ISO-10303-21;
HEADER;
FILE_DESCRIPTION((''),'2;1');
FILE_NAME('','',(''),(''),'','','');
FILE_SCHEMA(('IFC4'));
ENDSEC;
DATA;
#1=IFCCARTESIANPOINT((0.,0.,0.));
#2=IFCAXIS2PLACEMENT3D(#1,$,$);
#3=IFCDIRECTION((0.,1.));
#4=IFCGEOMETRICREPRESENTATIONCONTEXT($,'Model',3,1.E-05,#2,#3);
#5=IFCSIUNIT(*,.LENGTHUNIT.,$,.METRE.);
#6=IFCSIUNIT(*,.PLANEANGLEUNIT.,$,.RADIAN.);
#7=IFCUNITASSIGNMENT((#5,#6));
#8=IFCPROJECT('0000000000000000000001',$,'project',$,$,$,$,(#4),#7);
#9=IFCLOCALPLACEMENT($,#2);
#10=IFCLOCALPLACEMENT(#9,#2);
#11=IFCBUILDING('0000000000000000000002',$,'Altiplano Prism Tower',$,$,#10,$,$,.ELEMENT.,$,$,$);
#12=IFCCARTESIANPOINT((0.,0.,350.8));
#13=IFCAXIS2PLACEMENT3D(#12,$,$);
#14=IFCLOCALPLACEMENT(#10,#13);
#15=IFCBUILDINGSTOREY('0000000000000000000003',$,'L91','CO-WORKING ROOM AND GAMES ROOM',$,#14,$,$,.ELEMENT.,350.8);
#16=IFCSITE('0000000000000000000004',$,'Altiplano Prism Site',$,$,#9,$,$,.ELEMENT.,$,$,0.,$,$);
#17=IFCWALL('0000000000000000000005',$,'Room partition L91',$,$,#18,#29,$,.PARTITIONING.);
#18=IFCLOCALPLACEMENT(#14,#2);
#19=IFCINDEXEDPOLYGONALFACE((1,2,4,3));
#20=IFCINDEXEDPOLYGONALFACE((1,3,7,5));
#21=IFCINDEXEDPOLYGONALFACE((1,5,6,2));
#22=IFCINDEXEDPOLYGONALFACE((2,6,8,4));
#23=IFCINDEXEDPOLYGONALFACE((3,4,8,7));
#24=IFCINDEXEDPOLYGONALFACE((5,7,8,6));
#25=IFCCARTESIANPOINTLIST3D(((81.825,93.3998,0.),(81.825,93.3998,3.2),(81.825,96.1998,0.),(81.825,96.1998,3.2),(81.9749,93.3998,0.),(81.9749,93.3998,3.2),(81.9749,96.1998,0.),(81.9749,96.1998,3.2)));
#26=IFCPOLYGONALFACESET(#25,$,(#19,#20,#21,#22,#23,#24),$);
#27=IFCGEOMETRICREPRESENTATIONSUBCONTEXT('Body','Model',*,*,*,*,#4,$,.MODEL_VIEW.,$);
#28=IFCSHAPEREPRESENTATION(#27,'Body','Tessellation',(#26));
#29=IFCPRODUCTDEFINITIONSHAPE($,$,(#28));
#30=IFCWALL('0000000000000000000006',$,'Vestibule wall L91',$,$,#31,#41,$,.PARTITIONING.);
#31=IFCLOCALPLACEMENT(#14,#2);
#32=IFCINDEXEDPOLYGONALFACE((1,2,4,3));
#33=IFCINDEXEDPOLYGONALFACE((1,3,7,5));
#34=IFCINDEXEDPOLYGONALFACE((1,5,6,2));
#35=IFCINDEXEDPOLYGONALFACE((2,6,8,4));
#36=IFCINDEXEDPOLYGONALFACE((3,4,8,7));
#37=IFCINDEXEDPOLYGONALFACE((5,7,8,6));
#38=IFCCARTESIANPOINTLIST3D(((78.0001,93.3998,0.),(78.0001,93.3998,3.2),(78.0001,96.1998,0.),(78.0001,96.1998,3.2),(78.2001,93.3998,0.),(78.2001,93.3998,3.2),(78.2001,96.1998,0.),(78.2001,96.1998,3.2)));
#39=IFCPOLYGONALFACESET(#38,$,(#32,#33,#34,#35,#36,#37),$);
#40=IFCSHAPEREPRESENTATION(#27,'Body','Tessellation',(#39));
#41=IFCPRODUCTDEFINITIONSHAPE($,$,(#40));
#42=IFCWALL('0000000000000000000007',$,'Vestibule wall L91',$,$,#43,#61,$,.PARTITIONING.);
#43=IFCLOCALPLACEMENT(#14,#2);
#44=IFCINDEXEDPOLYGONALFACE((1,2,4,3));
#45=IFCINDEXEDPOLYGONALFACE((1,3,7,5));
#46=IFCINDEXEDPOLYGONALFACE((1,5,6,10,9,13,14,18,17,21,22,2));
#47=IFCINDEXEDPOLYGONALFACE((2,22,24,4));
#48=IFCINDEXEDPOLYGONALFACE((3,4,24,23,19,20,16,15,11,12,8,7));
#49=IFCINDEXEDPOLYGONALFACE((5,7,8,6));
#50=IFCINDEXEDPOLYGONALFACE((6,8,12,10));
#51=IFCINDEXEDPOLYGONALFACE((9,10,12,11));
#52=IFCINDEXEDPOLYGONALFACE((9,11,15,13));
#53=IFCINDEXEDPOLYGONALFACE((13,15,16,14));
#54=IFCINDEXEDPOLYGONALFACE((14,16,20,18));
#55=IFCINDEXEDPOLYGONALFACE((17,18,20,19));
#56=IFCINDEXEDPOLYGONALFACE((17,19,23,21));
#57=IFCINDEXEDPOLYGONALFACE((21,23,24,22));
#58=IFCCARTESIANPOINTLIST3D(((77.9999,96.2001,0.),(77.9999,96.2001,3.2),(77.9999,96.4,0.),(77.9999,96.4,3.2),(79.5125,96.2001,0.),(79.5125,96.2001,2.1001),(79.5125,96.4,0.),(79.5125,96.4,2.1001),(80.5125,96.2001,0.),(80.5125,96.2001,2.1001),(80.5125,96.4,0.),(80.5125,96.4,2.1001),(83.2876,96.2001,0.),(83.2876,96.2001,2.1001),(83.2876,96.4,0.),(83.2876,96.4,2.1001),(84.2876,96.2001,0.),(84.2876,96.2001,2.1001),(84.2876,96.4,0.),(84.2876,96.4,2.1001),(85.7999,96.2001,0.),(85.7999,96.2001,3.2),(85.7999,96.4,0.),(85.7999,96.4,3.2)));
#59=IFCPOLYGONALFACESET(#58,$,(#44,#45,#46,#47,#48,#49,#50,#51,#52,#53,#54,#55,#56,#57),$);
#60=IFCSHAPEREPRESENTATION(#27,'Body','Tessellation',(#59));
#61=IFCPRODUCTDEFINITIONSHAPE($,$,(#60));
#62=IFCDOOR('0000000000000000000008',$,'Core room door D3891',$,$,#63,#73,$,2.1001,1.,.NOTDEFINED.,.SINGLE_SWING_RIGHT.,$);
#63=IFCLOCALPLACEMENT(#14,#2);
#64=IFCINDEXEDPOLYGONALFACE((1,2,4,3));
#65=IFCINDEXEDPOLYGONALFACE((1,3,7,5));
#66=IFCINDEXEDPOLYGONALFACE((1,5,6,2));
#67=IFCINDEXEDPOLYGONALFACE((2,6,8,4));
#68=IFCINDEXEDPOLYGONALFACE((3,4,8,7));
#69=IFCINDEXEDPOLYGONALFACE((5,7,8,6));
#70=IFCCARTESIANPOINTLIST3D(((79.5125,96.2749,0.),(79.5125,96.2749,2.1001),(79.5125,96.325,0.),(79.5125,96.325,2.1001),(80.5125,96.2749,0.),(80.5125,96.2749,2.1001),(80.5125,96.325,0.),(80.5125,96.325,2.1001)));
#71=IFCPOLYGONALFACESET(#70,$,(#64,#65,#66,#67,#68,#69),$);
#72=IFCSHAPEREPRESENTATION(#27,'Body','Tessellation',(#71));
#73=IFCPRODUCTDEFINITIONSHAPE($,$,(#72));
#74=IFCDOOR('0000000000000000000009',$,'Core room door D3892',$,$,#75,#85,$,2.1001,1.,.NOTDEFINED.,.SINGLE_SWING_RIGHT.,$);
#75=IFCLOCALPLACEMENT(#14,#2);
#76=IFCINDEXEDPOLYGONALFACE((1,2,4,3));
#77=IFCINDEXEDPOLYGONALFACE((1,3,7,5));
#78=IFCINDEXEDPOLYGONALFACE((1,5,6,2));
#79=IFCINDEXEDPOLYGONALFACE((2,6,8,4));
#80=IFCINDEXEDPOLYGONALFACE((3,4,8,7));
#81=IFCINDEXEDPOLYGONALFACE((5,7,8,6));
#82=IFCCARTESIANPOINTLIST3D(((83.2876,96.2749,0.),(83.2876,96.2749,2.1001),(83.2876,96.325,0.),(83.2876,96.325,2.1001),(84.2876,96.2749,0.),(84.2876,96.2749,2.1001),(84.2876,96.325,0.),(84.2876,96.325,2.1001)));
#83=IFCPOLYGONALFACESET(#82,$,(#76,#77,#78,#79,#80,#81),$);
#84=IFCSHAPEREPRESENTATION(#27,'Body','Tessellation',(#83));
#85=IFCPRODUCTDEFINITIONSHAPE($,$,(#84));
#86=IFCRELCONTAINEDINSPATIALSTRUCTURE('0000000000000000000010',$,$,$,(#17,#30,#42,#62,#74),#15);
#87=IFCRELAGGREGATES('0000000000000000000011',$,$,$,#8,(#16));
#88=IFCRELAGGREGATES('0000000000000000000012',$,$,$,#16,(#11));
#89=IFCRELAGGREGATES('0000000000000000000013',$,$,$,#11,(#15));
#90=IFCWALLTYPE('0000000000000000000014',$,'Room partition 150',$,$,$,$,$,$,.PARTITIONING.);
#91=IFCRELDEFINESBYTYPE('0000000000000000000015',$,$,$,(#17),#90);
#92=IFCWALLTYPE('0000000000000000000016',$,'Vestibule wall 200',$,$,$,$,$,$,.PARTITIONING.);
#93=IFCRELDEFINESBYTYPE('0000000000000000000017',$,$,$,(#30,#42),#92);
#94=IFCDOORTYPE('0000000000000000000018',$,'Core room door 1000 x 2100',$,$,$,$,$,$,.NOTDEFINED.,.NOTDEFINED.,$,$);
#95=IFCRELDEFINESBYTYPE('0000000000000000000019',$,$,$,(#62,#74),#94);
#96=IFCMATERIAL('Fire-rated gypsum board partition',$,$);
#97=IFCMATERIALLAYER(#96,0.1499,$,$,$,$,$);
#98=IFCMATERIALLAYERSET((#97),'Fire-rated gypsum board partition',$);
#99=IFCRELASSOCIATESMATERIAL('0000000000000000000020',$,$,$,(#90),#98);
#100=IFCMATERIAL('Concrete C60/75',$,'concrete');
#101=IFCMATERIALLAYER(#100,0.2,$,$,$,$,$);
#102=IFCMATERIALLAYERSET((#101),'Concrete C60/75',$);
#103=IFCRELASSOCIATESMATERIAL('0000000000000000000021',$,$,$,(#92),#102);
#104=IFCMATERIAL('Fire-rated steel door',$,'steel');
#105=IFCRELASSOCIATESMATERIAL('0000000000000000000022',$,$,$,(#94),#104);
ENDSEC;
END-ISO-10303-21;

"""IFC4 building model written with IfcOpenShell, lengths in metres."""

from ifc_helpers import new_model, si_unit, direction, frame, frame_2d, origin, place, context, subcontext, project, spatial, rectangle, extrude, material, layer, layer_set, type_object, element, fill, save


model = new_model("IFC4")

# Units and contexts
model_context = context("Model", 3, precision=1e-05, world=origin(), true_north=direction((0.0, 1.0)))
body_context = subcontext(model_context, "Body", "Model", "MODEL_VIEW")
ifc_project = project(units=[si_unit("LENGTHUNIT", "METRE"), si_unit("PLANEANGLEUNIT", "RADIAN")], contexts=[model_context])

# Site, building, storey
site_placement = place(None, origin())
site = spatial("IfcSite", under=ifc_project, at=site_placement, Name="Altiplano Prism Site", CompositionType="ELEMENT", RefElevation=0.0)
building_placement = place(site_placement, origin())
building = spatial("IfcBuilding", under=site, at=building_placement, Name="Altiplano Prism Tower", CompositionType="ELEMENT")
storey_placement = place(building_placement, frame((0.0, 0.0, 350.8)))
storey = spatial("IfcBuildingStorey", under=building, at=storey_placement, Name="L91", Description="CO-WORKING ROOM AND GAMES ROOM", CompositionType="ELEMENT", Elevation=350.8)

# Shared definitions
ifc_material_1 = material(Name="Concrete C60/75", Category="concrete")

# Walls
ifc_material_2 = material(Name="Fire-rated gypsum board partition")
ifc_layer_1 = layer(ifc_material_2, 0.1499)
ifc_layer_set_1 = layer_set([ifc_layer_1], Name="Fire-rated gypsum board partition")
wall_type_1 = type_object("IfcWallType", Name="Room partition 150", PredefinedType="PARTITIONING", material=ifc_layer_set_1)
wall_1_placement = place(storey_placement, frame((81.8999, 93.3999, 0.0), z_axis=(0.0, 0.0, 1.0), x_axis=(0.0, 1.0, 0.0)))
element("IfcWall", 1, at=wall_1_placement, inside=storey, type_object=wall_type_1, Name="Room partition L91", PredefinedType="PARTITIONING", context=body_context, shape_type="SweptSolid", body=[
    extrude(rectangle(XDim=2.8, YDim=0.1499, at=frame_2d((1.3999, 0.0))), origin(), (0.0, 0.0, 1.0), 3.2),
])
ifc_layer_2 = layer(ifc_material_1, 0.2)
ifc_layer_set_2 = layer_set([ifc_layer_2], Name="Concrete C60/75")
wall_type_2 = type_object("IfcWallType", Name="Vestibule wall 200", PredefinedType="PARTITIONING", material=ifc_layer_set_2)
wall_2_placement = place(storey_placement, frame((78.1001, 93.3999, 0.0), z_axis=(0.0, 0.0, 1.0), x_axis=(0.0, 1.0, 0.0)))
element("IfcWall", 2, at=wall_2_placement, inside=storey, type_object=wall_type_2, Name="Vestibule wall L91", PredefinedType="PARTITIONING", context=body_context, shape_type="SweptSolid", body=[
    extrude(rectangle(XDim=2.8, YDim=0.2, at=frame_2d((1.3999, 0.0))), origin(), (0.0, 0.0, 1.0), 3.2),
])

# Wall, openings, doors
wall_3_placement = place(storey_placement, frame((78.0, 96.3, 0.0), z_axis=(0.0, 0.0, 1.0), x_axis=(1.0, 0.0, 0.0)))
wall_3 = element("IfcWall", 3, at=wall_3_placement, inside=storey, type_object=wall_type_2, Name="Vestibule wall L91", PredefinedType="PARTITIONING", context=body_context, shape_type="SweptSolid", body=[
    extrude(rectangle(XDim=7.8, YDim=0.2, at=frame_2d((3.8999, 0.0))), origin(), (0.0, 0.0, 1.0), 3.2),
])
opening_1_placement = place(wall_3_placement, frame((1.5125, 0.0, 0.0)))
opening_1 = element("IfcOpeningElement", 4, at=opening_1_placement, cuts=wall_3, PredefinedType="OPENING", context=body_context, shape_type="SweptSolid", body=[
    extrude(rectangle(XDim=1.0, YDim=2.1001, at=frame_2d((0.5, 1.05))), frame((0.0, 0.1104, 0.0), z_axis=(0.0, -1.0, 0.0), x_axis=(1.0, 0.0, 0.0)), (0.0, 0.0, 1.0), 0.2209),
])
opening_2_placement = place(wall_3_placement, frame((5.2876, 0.0, 0.0)))
opening_2 = element("IfcOpeningElement", 5, at=opening_2_placement, cuts=wall_3, PredefinedType="OPENING", context=body_context, shape_type="SweptSolid", body=[
    extrude(rectangle(XDim=1.0, YDim=2.1001, at=frame_2d((0.5, 1.05))), frame((0.0, 0.1104, 0.0), z_axis=(0.0, -1.0, 0.0), x_axis=(1.0, 0.0, 0.0)), (0.0, 0.0, 1.0), 0.2209),
])
ifc_material_3 = material(Name="Fire-rated steel door", Category="steel")
door_type_1 = type_object("IfcDoorType", Name="Core room door 1000 x 2100", OperationType="NOTDEFINED", PredefinedType="NOTDEFINED", material=ifc_material_3)
door_1_placement = place(opening_1_placement, origin())
door_1 = element("IfcDoor", 6, at=door_1_placement, inside=storey, type_object=door_type_1, Name="Core room door D3891", OperationType="SINGLE_SWING_RIGHT", OverallHeight=2.1001, OverallWidth=1.0, PredefinedType="NOTDEFINED", context=body_context, shape_type="SweptSolid", body=[
    extrude(rectangle(XDim=1.0, YDim=2.1001, at=frame_2d((0.5, 1.05))), frame((0.0, 0.0249, 0.0), z_axis=(0.0, -1.0, 0.0), x_axis=(1.0, 0.0, 0.0)), (0.0, 0.0, 1.0), 0.05),
])
fill(opening_1, door_1)
door_2_placement = place(opening_2_placement, origin())
door_2 = element("IfcDoor", 7, at=door_2_placement, inside=storey, type_object=door_type_1, Name="Core room door D3892", OperationType="SINGLE_SWING_RIGHT", OverallHeight=2.1001, OverallWidth=1.0, PredefinedType="NOTDEFINED", context=body_context, shape_type="SweptSolid", body=[
    extrude(rectangle(XDim=1.0, YDim=2.1001, at=frame_2d((0.5, 1.05))), frame((0.0, 0.0249, 0.0), z_axis=(0.0, -1.0, 0.0), x_axis=(1.0, 0.0, 0.0)), (0.0, 0.0, 1.0), 0.05),
])
fill(opening_2, door_2)

save(model, "model.ifc")
